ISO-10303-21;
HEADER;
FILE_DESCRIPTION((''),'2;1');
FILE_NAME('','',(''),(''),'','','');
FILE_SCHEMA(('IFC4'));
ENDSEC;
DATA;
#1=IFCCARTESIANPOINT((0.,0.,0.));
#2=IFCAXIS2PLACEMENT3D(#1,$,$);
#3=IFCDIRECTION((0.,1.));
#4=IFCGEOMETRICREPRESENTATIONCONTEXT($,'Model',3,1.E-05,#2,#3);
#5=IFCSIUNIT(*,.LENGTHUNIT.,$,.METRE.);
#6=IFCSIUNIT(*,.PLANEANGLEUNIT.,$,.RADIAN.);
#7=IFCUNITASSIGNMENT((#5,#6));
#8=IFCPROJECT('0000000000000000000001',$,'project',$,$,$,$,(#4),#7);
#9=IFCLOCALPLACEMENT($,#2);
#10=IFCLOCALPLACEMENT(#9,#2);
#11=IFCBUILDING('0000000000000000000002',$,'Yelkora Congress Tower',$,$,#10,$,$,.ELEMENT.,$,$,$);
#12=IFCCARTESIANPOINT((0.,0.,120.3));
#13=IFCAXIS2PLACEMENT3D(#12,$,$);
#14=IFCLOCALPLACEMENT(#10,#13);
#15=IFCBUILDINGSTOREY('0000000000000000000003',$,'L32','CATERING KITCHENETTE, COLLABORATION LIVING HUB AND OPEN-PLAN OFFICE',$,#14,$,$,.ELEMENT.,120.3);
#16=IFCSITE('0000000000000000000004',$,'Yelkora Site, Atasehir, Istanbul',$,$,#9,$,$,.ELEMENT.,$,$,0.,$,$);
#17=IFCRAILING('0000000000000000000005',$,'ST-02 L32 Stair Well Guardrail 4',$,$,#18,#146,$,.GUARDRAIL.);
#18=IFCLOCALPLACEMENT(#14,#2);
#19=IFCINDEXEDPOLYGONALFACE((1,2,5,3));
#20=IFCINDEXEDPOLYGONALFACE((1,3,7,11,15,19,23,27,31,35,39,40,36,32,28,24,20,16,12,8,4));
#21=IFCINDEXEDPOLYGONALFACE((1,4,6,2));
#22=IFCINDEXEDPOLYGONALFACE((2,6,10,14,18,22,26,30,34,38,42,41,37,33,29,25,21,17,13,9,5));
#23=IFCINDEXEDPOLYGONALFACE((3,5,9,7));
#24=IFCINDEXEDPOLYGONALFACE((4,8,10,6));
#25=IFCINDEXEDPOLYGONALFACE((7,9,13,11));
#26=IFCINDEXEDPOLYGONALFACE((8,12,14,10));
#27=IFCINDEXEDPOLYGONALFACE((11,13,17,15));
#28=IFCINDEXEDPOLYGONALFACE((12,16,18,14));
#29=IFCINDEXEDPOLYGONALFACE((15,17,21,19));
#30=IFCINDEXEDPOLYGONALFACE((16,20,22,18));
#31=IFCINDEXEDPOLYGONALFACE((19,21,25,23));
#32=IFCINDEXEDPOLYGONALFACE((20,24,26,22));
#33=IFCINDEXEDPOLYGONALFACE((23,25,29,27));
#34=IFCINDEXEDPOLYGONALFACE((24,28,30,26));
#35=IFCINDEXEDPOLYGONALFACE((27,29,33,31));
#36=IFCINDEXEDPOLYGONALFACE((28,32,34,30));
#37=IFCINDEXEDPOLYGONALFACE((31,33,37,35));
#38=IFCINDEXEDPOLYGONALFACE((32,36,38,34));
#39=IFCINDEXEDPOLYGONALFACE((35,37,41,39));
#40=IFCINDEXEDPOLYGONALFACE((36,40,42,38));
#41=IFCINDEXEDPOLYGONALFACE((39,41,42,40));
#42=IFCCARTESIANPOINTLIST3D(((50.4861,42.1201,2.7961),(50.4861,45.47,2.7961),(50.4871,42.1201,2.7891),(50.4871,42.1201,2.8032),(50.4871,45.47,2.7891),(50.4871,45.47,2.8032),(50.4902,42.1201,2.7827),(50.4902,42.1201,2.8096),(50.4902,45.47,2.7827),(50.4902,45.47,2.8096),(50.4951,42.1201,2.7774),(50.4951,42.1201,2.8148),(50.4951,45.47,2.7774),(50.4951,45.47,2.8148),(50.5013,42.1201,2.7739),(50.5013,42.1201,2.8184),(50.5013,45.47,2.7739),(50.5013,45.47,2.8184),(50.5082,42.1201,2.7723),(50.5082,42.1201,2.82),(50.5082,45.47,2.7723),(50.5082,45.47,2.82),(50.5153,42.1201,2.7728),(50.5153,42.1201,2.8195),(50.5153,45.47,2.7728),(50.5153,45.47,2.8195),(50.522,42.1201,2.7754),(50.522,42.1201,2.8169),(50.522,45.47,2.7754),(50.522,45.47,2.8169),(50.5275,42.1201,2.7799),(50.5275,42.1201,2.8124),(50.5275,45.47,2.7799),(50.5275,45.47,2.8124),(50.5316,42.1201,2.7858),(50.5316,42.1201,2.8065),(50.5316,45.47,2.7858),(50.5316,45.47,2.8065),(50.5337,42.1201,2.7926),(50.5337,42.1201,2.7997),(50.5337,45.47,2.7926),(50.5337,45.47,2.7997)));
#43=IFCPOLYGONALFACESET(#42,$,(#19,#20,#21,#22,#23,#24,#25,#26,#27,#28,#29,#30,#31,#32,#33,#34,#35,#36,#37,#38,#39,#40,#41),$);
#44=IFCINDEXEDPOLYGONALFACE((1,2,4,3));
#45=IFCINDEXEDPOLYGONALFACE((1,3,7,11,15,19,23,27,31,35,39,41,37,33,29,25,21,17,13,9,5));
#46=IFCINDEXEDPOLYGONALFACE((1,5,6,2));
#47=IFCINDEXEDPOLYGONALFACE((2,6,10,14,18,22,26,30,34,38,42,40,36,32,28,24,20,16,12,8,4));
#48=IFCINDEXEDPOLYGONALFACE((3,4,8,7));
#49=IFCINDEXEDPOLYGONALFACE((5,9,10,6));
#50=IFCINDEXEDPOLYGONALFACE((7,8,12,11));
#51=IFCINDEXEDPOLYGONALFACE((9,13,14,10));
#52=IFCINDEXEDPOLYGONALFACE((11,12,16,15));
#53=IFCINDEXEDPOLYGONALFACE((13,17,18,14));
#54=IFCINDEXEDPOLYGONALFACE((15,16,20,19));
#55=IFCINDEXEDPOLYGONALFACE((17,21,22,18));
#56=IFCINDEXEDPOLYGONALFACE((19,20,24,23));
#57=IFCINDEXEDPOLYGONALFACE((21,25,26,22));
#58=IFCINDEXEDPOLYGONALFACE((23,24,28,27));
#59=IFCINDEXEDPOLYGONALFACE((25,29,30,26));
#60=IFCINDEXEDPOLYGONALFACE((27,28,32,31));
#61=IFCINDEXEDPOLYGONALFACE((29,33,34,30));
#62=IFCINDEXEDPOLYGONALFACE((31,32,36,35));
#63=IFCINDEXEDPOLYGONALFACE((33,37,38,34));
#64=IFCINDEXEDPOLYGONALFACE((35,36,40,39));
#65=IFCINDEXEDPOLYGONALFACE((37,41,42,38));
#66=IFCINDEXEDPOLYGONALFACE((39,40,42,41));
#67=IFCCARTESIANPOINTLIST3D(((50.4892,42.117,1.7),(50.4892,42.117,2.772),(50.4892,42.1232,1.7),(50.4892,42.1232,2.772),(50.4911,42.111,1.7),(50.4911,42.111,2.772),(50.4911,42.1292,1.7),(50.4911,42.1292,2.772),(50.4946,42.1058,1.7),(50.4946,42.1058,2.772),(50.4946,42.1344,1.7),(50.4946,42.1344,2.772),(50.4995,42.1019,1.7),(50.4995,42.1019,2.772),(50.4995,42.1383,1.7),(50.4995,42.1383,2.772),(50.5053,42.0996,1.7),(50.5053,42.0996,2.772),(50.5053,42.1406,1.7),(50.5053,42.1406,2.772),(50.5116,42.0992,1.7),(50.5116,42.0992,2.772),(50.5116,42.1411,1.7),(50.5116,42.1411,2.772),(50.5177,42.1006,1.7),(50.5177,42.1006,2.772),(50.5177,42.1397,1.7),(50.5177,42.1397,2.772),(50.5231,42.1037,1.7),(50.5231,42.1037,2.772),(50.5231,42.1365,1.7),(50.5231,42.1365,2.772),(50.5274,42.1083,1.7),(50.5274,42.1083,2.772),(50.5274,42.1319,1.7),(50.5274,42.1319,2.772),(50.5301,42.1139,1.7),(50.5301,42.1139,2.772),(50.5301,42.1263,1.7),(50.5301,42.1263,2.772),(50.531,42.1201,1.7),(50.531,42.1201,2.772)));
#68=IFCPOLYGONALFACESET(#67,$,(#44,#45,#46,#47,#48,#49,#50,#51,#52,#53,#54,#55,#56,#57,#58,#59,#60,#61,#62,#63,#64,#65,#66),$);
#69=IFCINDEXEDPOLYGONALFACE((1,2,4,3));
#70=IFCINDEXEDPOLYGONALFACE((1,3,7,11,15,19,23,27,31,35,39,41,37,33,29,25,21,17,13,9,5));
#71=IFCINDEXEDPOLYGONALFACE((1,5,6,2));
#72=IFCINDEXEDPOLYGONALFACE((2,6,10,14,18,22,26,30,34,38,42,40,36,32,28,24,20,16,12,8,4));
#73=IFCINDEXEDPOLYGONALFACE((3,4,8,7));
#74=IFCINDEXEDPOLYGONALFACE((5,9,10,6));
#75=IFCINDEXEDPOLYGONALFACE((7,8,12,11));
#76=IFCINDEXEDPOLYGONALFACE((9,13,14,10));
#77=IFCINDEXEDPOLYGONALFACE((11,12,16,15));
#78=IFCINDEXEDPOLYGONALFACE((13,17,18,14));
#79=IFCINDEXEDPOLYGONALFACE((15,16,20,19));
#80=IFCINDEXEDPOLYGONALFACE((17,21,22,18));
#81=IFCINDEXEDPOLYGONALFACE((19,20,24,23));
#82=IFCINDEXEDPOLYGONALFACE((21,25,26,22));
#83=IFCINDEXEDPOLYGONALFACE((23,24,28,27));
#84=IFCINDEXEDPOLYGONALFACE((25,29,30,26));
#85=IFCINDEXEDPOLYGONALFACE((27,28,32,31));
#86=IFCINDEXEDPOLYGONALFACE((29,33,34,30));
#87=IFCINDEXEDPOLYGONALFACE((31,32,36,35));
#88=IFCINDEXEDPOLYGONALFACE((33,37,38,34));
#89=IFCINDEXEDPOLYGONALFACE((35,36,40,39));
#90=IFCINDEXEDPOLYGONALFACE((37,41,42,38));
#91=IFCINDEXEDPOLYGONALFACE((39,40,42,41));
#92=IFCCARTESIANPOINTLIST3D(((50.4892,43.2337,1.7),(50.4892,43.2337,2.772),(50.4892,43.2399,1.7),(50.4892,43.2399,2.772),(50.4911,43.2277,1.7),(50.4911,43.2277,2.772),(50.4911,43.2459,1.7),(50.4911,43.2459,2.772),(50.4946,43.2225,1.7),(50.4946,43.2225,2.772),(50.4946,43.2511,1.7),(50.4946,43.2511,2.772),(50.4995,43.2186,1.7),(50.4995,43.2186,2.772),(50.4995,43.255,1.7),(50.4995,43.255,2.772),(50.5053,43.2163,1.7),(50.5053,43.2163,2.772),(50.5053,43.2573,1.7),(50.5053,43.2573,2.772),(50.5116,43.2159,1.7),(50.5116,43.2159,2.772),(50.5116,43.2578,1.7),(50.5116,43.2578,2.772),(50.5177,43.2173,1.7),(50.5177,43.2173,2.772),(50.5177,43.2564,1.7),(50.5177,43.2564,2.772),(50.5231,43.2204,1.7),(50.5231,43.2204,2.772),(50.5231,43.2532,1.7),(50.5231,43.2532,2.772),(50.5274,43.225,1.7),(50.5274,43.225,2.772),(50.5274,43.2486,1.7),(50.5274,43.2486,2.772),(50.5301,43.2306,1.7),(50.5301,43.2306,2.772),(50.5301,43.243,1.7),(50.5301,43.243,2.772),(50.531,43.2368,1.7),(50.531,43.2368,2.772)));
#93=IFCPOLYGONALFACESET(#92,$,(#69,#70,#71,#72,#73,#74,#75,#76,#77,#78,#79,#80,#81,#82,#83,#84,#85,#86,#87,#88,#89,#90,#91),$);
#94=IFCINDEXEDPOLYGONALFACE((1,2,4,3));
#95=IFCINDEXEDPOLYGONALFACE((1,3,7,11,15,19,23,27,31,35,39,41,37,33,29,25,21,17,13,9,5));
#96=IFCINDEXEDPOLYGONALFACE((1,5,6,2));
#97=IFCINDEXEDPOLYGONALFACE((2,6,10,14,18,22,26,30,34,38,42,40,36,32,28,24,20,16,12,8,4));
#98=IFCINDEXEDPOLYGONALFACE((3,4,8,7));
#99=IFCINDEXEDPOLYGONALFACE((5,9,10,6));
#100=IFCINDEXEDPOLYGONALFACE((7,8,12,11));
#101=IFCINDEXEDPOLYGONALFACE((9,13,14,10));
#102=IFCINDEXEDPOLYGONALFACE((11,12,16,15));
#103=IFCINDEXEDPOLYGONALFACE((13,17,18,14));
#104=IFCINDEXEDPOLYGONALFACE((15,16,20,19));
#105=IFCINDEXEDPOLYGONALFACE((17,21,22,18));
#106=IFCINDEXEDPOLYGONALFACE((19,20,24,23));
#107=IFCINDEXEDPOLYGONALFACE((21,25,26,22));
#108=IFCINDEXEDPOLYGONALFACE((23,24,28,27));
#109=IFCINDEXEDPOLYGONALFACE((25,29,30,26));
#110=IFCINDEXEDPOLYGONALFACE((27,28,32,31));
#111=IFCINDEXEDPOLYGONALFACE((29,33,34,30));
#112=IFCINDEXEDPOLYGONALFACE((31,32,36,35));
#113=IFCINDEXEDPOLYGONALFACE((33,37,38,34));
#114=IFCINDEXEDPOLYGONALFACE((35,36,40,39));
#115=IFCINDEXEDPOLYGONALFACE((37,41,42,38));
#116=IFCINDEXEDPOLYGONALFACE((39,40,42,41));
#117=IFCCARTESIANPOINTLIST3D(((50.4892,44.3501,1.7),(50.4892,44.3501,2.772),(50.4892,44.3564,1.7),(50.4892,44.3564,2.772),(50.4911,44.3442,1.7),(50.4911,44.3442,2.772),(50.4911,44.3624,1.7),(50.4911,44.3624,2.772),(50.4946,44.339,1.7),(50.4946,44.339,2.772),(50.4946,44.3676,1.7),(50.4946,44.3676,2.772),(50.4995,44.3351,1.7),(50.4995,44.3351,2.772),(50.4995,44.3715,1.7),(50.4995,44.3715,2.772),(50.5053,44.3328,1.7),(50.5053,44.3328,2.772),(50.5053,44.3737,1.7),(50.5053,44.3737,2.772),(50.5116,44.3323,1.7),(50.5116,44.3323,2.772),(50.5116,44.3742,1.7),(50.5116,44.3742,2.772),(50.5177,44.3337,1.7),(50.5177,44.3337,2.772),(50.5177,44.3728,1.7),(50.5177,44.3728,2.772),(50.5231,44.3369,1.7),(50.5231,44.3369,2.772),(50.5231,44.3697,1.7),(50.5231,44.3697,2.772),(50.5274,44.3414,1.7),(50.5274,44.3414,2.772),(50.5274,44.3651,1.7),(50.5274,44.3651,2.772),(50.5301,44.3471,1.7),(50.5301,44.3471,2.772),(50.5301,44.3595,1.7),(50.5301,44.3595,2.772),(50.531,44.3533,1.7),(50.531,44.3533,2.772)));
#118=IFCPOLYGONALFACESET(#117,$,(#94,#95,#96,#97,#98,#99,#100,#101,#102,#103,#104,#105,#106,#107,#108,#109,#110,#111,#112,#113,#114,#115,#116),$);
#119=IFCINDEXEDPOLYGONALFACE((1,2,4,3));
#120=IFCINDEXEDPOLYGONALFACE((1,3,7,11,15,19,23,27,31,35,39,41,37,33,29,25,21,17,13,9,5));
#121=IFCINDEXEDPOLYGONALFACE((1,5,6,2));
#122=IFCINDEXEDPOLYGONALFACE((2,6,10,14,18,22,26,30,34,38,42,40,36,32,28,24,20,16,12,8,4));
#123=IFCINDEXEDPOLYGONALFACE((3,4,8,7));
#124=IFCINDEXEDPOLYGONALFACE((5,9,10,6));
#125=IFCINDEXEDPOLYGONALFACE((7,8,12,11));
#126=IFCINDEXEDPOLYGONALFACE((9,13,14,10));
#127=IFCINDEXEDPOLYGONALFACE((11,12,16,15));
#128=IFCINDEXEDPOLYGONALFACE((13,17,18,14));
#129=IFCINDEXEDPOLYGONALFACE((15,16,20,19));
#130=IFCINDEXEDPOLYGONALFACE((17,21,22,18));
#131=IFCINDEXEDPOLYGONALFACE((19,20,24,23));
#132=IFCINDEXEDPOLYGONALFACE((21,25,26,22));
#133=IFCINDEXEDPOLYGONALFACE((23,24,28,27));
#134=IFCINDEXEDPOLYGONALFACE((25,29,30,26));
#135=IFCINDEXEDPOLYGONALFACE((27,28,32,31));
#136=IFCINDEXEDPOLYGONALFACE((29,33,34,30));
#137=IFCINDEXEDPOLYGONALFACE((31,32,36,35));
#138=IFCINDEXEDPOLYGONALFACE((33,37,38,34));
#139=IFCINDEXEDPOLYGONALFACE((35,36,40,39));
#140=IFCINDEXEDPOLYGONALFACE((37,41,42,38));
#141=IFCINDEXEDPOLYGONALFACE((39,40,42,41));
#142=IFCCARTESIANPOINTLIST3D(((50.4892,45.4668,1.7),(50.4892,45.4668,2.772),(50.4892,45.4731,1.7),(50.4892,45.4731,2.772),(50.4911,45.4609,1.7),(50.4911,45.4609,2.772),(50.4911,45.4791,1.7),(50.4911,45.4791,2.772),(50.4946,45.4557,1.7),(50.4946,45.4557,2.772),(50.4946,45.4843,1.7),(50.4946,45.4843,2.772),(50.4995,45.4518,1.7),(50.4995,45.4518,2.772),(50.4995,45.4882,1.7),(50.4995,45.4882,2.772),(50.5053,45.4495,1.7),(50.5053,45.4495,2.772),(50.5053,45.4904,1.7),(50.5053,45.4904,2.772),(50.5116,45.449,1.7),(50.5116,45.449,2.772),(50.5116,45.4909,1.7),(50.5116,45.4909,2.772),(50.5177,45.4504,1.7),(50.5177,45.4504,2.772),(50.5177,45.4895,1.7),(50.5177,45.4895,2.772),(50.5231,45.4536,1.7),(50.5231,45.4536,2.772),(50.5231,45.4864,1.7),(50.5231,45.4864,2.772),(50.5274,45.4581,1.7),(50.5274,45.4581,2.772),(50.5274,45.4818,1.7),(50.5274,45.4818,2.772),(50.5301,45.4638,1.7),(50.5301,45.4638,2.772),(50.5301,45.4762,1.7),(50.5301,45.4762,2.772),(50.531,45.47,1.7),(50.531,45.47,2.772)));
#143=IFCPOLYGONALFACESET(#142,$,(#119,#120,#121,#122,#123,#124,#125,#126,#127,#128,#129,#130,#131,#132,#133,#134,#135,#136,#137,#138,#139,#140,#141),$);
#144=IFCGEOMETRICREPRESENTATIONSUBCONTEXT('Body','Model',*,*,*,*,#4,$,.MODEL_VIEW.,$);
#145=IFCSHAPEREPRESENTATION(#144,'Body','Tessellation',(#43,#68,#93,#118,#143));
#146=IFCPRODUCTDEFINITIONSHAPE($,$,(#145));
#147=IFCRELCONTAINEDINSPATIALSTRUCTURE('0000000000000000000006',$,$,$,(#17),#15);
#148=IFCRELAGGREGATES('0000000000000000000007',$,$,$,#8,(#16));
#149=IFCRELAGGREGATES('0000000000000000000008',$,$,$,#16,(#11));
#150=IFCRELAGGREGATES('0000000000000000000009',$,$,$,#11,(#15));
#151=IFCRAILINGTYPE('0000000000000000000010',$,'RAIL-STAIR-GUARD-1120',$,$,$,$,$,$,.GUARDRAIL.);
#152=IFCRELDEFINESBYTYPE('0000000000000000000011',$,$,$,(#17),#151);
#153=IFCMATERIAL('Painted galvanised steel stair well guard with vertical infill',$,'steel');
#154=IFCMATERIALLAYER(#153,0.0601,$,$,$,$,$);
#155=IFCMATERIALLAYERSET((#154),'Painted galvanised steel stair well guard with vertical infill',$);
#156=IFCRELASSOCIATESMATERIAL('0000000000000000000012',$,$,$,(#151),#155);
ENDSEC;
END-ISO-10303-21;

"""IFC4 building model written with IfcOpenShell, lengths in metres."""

from ifc_helpers import new_model, si_unit, direction, frame, origin, origin_2d, place, context, subcontext, project, spatial, circle, extrude, material, layer, layer_set, type_object, element, save


model = new_model("IFC4")

# Units and contexts
model_context = context("Model", 3, precision=1e-05, world=origin(), true_north=direction((0.0, 1.0)))
body_context = subcontext(model_context, "Body", "Model", "MODEL_VIEW")
ifc_project = project(units=[si_unit("LENGTHUNIT", "METRE"), si_unit("PLANEANGLEUNIT", "RADIAN")], contexts=[model_context])

# Site, building, storey
site_placement = place(None, origin())
site = spatial("IfcSite", under=ifc_project, at=site_placement, Name="Yelkora Site, Atasehir, Istanbul", CompositionType="ELEMENT", RefElevation=0.0)
building_placement = place(site_placement, origin())
building = spatial("IfcBuilding", under=site, at=building_placement, Name="Yelkora Congress Tower", CompositionType="ELEMENT")
storey_placement = place(building_placement, frame((0.0, 0.0, 120.3)))
storey = spatial("IfcBuildingStorey", under=building, at=storey_placement, Name="L32", Description="CATERING KITCHENETTE, COLLABORATION LIVING HUB AND OPEN-PLAN OFFICE", CompositionType="ELEMENT", Elevation=120.3)

# Railing
ifc_material_1 = material(Name="Painted galvanised steel stair well guard with vertical infill", Category="steel")
ifc_layer_1 = layer(ifc_material_1, 0.0601)
ifc_layer_set_1 = layer_set([ifc_layer_1], Name="Painted galvanised steel stair well guard with vertical infill")
railing_type_1 = type_object("IfcRailingType", Name="RAIL-STAIR-GUARD-1120", PredefinedType="GUARDRAIL", material=ifc_layer_set_1)
for number, where, name in (
    (1, (50.51, 42.1201, 1.7), "ST-02 L32 Stair Well Guardrail 4"),
):
    element("IfcRailing", number, at=place(storey_placement, frame(where)), inside=storey, type_object=railing_type_1, Name=name, PredefinedType="GUARDRAIL", context=body_context, shape_type="SweptSolid", body=[
        extrude(circle(Radius=0.0239, at=origin_2d()), frame((0.0, 0.0, 1.0962), z_axis=(0.0, 1.0, 0.0), x_axis=(-1.0, 0.0, 0.0)), (0.0, 0.0, 1.0), 3.3499),
        extrude(circle(Radius=0.021, at=origin_2d()), origin(), (0.0, 0.0, 1.0), 1.072),
        extrude(circle(Radius=0.021, at=origin_2d()), frame((0.0, 1.1167, 0.0)), (0.0, 0.0, 1.0), 1.072),
        extrude(circle(Radius=0.021, at=origin_2d()), frame((0.0, 2.2332, 0.0)), (0.0, 0.0, 1.0), 1.072),
        extrude(circle(Radius=0.021, at=origin_2d()), frame((0.0, 3.3499, 0.0)), (0.0, 0.0, 1.0), 1.072),
    ])

save(model, "model.ifc")
